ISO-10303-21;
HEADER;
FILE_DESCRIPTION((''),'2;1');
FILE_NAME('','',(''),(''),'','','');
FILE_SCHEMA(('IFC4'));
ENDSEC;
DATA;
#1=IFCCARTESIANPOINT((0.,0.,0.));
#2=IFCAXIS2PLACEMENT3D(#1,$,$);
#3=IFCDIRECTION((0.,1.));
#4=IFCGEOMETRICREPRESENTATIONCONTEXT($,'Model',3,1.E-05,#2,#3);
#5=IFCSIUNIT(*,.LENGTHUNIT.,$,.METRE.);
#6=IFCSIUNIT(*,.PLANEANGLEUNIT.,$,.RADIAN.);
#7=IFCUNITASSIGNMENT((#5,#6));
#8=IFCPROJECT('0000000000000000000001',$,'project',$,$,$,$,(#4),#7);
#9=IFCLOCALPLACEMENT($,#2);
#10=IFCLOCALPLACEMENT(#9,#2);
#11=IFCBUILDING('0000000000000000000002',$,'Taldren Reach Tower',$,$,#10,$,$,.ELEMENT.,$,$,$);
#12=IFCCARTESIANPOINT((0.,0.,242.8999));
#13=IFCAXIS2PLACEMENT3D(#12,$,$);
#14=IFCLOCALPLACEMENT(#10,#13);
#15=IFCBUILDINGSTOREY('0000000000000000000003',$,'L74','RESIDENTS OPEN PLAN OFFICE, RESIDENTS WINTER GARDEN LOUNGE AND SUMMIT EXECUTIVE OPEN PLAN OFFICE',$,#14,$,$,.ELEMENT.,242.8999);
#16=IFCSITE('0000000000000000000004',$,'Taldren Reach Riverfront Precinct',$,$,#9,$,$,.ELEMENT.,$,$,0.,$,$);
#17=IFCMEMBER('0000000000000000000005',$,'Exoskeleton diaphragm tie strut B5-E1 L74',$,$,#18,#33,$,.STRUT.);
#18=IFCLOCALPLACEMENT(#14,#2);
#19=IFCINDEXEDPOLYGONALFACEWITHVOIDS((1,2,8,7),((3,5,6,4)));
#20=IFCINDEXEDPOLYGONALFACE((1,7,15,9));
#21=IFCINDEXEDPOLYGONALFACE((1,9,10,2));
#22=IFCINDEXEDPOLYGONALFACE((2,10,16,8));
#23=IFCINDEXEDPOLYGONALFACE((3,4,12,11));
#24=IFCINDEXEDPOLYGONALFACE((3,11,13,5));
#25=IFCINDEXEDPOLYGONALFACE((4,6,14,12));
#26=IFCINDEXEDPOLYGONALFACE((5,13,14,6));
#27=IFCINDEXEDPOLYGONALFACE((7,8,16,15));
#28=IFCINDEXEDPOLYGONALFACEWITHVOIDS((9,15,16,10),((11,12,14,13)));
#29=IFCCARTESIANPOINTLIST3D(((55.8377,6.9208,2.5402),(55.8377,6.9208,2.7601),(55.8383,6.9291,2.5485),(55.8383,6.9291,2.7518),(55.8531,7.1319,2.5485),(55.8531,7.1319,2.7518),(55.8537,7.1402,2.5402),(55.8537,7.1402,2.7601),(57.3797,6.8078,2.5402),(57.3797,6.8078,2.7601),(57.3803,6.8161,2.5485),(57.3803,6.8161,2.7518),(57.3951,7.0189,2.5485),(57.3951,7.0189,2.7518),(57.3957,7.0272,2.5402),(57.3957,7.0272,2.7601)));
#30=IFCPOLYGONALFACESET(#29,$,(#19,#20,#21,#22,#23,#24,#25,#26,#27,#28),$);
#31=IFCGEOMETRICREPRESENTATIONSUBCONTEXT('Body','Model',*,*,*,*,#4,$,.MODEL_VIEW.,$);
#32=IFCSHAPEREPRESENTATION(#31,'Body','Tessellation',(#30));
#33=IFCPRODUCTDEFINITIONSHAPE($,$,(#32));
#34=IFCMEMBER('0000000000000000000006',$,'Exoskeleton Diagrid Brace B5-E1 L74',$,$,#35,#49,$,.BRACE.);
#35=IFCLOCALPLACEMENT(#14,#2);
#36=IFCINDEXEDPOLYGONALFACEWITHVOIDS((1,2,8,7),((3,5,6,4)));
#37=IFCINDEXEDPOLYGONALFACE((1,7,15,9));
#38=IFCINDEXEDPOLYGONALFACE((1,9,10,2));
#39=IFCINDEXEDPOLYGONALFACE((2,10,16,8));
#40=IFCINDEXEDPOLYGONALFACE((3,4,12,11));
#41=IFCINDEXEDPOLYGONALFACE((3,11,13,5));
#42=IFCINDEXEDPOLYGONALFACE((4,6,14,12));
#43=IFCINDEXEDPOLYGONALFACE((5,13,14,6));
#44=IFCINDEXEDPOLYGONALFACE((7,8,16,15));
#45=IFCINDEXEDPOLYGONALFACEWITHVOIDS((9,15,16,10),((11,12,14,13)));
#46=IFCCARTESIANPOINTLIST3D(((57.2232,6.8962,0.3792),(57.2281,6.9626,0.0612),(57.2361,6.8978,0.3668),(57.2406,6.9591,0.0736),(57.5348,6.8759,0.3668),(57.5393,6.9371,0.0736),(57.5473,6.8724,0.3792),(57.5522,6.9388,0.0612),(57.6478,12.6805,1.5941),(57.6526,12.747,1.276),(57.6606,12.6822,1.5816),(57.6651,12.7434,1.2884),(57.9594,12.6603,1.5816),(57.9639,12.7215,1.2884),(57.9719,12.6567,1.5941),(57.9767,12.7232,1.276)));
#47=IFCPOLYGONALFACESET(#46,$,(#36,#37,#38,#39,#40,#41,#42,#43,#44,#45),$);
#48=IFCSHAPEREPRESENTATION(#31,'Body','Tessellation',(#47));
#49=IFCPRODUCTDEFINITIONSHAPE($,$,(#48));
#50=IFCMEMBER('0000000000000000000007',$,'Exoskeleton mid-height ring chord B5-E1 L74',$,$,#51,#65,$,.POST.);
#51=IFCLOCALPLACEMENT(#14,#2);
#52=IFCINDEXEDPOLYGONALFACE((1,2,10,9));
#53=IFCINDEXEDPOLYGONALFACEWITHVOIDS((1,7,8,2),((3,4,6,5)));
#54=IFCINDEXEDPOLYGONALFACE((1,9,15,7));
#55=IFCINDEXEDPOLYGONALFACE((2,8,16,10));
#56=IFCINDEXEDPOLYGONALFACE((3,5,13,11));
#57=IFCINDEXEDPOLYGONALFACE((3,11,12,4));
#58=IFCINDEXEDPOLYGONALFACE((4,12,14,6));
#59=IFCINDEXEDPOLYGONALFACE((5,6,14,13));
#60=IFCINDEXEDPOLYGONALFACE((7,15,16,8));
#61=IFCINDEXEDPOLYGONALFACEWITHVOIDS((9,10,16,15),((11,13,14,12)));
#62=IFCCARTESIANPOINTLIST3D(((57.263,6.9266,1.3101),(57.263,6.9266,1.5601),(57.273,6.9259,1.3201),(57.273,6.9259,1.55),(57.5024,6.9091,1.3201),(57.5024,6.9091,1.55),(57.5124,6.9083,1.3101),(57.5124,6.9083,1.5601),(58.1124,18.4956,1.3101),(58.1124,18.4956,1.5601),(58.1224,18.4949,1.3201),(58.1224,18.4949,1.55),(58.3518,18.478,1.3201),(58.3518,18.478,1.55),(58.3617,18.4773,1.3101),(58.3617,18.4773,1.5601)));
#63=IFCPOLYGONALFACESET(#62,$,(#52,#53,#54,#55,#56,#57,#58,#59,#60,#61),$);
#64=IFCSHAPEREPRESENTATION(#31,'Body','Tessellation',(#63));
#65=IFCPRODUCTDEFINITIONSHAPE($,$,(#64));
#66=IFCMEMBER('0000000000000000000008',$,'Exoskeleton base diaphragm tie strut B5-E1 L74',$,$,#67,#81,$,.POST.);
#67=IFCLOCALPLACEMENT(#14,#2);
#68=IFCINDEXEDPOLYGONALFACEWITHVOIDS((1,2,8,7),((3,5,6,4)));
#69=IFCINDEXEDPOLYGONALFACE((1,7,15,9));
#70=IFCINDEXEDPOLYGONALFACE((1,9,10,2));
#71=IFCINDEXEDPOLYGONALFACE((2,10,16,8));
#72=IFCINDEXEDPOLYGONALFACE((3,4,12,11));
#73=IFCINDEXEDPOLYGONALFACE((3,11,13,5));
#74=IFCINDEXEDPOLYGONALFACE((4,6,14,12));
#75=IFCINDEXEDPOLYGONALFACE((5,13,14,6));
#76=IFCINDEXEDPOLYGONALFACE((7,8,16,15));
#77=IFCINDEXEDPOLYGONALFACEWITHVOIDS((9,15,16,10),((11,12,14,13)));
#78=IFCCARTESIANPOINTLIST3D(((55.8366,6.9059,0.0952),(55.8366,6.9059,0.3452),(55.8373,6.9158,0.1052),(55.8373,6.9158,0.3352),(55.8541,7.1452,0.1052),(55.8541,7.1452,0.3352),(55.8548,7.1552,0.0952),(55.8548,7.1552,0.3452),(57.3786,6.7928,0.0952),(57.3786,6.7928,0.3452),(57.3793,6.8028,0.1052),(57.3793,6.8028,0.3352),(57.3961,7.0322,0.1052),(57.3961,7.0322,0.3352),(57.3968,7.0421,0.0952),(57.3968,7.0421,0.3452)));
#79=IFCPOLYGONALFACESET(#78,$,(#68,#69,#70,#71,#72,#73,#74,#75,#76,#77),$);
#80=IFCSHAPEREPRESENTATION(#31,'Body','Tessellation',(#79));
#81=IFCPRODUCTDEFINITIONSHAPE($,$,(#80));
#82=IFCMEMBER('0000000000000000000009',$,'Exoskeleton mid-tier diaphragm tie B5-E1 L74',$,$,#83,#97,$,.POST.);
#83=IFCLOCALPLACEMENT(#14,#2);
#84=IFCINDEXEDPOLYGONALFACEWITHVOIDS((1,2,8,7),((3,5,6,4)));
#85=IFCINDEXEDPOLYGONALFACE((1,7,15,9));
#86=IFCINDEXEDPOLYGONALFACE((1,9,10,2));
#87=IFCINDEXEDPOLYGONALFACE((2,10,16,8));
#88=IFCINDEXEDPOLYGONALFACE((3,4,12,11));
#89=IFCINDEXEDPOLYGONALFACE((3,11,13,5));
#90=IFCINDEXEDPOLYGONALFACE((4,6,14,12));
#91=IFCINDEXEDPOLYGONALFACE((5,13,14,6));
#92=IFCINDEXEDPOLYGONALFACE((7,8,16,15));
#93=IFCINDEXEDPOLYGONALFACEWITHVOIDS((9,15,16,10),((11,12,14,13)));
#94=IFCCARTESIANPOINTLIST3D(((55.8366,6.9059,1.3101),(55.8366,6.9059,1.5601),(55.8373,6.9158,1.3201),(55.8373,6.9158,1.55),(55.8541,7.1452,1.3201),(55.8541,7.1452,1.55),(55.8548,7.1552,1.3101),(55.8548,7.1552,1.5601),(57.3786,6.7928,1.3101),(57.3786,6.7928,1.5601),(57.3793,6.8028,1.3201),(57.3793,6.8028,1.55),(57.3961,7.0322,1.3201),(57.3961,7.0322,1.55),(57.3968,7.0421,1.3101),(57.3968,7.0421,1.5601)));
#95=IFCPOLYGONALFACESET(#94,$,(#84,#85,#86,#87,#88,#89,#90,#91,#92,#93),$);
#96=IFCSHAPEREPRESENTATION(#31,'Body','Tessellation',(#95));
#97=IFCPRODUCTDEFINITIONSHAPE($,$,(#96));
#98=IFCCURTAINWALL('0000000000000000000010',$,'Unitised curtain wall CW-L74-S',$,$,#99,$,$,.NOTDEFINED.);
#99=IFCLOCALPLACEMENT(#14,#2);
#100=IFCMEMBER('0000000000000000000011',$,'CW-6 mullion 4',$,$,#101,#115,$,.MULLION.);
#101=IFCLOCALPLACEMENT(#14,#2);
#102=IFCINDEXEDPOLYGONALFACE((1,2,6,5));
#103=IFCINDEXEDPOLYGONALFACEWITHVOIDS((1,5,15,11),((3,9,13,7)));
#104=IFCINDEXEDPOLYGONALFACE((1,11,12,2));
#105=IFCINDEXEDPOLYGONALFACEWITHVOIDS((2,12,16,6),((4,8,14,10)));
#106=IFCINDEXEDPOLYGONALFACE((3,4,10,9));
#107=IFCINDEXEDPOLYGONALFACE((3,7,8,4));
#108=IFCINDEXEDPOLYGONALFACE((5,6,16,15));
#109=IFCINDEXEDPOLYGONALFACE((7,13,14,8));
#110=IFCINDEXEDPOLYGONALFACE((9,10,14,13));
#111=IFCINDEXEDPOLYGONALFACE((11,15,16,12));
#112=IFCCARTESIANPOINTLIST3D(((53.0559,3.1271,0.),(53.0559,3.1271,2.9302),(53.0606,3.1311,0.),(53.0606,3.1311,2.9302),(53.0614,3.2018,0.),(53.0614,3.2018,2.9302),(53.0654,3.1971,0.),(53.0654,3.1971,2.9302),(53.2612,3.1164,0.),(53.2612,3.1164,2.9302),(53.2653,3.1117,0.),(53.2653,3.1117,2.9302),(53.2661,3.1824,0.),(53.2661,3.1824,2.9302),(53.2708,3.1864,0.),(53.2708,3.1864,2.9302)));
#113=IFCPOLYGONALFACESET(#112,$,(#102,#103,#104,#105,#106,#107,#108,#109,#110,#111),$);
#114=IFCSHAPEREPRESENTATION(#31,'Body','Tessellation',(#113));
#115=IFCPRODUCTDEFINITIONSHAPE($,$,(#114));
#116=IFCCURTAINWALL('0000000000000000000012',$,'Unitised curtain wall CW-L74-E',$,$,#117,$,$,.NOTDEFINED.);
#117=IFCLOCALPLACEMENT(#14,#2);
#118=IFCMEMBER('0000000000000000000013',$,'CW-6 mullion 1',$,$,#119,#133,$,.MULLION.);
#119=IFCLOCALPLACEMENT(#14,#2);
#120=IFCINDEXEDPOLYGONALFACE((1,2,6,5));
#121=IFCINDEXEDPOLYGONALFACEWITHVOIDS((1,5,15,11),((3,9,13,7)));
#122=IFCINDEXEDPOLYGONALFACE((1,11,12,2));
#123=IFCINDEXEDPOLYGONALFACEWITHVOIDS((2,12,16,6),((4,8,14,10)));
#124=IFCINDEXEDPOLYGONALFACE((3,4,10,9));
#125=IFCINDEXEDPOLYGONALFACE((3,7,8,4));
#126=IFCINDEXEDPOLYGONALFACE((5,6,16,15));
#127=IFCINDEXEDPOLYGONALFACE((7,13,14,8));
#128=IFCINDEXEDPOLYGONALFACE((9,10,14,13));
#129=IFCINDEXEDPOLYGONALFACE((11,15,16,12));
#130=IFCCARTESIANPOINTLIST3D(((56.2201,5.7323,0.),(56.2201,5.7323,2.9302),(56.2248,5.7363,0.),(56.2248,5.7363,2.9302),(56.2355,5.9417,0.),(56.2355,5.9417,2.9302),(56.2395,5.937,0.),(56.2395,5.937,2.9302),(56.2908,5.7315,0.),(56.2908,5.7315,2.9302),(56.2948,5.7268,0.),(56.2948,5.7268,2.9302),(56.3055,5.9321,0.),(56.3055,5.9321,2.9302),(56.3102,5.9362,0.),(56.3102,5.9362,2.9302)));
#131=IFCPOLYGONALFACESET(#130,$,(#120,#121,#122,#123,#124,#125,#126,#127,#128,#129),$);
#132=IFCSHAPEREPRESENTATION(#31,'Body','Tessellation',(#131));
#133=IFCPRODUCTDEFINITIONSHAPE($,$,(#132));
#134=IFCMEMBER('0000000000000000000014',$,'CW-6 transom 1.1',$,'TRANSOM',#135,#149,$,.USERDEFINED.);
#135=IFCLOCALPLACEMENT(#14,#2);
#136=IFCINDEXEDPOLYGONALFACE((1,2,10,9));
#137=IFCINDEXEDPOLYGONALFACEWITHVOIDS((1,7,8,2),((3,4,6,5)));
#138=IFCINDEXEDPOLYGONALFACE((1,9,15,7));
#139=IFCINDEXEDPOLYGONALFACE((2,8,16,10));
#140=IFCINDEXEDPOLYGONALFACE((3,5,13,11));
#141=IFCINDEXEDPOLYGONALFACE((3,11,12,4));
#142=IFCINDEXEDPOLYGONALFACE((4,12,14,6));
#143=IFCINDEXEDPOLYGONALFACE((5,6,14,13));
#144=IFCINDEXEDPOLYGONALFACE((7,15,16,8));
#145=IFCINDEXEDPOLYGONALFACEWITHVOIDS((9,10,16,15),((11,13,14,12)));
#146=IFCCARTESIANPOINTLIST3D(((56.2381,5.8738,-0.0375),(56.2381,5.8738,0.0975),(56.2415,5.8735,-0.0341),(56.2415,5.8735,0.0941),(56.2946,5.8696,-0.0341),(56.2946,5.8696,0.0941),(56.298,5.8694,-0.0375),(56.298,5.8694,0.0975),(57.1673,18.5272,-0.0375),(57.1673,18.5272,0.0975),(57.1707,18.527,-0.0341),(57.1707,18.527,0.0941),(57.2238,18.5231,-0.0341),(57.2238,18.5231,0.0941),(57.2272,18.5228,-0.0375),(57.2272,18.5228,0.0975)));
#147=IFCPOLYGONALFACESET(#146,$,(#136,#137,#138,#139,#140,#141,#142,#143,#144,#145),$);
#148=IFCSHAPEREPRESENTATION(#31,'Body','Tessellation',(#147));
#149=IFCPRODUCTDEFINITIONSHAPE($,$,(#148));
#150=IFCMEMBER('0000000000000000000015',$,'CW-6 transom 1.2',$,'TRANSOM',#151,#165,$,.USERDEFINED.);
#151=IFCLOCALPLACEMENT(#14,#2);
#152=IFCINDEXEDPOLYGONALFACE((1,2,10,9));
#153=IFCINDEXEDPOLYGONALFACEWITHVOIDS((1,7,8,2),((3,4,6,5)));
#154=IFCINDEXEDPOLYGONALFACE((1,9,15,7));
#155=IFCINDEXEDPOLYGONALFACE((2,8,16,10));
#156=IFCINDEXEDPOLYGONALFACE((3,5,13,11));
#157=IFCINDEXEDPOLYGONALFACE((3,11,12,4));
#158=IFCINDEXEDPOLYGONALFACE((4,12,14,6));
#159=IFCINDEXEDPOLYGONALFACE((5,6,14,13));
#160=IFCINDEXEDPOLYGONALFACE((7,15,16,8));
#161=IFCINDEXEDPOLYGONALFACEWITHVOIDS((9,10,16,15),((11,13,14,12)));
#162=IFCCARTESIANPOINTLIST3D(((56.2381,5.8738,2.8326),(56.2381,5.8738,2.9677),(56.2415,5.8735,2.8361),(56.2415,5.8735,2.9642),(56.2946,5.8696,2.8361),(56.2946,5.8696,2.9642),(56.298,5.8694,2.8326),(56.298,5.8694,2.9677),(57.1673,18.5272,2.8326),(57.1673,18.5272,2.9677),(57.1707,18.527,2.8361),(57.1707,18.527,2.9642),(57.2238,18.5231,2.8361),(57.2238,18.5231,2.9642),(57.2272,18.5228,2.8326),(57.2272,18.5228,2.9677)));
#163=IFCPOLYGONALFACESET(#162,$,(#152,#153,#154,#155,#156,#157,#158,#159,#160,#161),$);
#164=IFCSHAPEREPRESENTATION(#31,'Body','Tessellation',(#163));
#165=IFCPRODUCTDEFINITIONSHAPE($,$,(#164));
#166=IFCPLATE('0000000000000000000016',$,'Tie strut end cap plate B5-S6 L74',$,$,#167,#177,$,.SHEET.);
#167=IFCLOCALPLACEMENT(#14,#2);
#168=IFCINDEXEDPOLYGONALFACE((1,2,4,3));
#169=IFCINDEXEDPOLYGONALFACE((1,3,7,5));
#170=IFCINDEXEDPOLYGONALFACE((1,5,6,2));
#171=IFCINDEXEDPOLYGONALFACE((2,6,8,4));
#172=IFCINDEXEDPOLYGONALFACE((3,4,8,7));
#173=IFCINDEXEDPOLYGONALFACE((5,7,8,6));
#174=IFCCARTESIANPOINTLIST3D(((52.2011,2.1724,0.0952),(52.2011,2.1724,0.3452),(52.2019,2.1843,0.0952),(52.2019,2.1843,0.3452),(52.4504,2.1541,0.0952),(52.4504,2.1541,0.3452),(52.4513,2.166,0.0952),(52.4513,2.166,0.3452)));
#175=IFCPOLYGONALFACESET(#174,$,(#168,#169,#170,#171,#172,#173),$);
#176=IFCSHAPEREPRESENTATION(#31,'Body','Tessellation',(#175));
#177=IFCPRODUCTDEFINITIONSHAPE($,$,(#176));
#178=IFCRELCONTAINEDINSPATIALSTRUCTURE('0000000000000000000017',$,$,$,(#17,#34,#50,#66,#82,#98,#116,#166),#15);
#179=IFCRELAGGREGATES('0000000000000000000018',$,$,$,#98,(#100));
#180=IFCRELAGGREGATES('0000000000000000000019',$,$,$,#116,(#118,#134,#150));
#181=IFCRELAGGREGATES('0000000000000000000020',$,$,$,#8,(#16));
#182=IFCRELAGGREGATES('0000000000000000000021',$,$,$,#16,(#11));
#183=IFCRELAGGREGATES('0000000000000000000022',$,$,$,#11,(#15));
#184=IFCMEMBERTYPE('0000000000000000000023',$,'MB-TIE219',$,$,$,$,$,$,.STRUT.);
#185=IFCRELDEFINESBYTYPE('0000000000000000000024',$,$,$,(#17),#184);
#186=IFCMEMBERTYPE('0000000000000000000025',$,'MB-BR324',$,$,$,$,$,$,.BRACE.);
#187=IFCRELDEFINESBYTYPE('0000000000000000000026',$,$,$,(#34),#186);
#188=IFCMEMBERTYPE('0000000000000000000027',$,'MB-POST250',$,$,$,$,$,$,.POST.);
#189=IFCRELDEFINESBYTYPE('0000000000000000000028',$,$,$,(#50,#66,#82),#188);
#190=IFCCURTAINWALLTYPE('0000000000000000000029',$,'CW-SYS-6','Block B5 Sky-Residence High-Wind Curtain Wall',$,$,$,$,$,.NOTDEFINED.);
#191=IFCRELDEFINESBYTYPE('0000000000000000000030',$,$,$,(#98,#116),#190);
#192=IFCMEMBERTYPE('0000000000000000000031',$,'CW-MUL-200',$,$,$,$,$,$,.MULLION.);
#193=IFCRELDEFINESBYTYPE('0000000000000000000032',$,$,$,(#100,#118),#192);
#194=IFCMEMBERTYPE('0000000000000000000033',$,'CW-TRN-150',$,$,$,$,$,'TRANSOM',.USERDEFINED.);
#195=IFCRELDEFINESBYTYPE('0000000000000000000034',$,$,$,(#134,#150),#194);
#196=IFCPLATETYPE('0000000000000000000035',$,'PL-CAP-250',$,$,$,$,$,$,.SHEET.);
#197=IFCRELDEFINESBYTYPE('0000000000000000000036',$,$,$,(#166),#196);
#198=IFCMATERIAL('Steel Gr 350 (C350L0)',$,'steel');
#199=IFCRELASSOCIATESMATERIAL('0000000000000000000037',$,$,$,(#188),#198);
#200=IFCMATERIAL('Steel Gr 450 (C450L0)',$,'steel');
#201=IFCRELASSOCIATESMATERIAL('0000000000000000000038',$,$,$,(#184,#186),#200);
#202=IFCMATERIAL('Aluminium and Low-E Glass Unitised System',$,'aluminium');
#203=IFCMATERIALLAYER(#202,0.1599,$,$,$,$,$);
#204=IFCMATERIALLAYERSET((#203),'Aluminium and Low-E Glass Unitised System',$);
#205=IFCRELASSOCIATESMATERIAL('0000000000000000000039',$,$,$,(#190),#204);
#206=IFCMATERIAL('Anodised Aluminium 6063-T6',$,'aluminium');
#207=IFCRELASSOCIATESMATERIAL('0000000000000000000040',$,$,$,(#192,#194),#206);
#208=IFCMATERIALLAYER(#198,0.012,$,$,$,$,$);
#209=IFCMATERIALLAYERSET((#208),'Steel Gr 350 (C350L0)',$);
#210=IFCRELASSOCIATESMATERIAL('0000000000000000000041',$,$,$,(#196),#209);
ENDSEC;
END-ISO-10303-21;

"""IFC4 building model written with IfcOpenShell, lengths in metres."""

from ifc_helpers import new_model, si_unit, direction, frame, origin, origin_2d, place, context, subcontext, project, spatial, rectangle, hollow_rectangle, extrude, source, transform, mapped, material, layer, layer_set, material_profile, profile_set, type_object, element, aggregate, save


model = new_model("IFC4")

# Units and contexts
model_context = context("Model", 3, precision=1e-05, world=origin(), true_north=direction((0.0, 1.0)))
body_context = subcontext(model_context, "Body", "Model", "MODEL_VIEW")
ifc_project = project(units=[si_unit("LENGTHUNIT", "METRE"), si_unit("PLANEANGLEUNIT", "RADIAN")], contexts=[model_context])

# Site, building, storey
site_placement = place(None, origin())
site = spatial("IfcSite", under=ifc_project, at=site_placement, Name="Taldren Reach Riverfront Precinct", CompositionType="ELEMENT", RefElevation=0.0)
building_placement = place(site_placement, origin())
building = spatial("IfcBuilding", under=site, at=building_placement, Name="Taldren Reach Tower", CompositionType="ELEMENT")
storey_placement = place(building_placement, frame((0.0, 0.0, 242.8999)))
storey = spatial("IfcBuildingStorey", under=building, at=storey_placement, Name="L74", Description="RESIDENTS OPEN PLAN OFFICE, RESIDENTS WINTER GARDEN LOUNGE AND SUMMIT EXECUTIVE OPEN PLAN OFFICE", CompositionType="ELEMENT", Elevation=242.8999)

# Shared definitions
ifc_material_1 = material(Name="Steel Gr 350 (C350L0)", Category="steel")

# Shared definitions
ifc_material_profile_1 = material_profile(ifc_material_1, hollow_rectangle(XDim=0.25, YDim=0.25, WallThickness=0.01, at=origin_2d()), Name="250x250x10.0SHS")
ifc_profile_set_1 = profile_set([ifc_material_profile_1], Name="Steel Gr 350 (C350L0)")
member_type_1 = type_object("IfcMemberType", Name="MB-POST250", PredefinedType="POST", material=ifc_profile_set_1)
ifc_material_2 = material(Name="Steel Gr 450 (C450L0)", Category="steel")
ifc_material_profile_2 = material_profile(ifc_material_2, hollow_rectangle(XDim=0.22, YDim=0.22, WallThickness=0.0083, at=origin_2d()), Name="220x220x8.2SHS")
ifc_profile_set_2 = profile_set([ifc_material_profile_2], Name="Steel Gr 450 (C450L0)")
member_type_2 = type_object("IfcMemberType", Name="MB-TIE219", PredefinedType="STRUT", material=ifc_profile_set_2)

# Members
shared_shape_1 = source(origin(), body_context, "Body", "SweptSolid", [
    extrude(hollow_rectangle(XDim=0.22, YDim=0.22, WallThickness=0.0083, at=origin_2d()), origin(), (0.0, 0.0, 1.0), 1.5461),
])
member_1_placement = place(storey_placement, frame((55.8457, 7.0305, 2.6501), z_axis=(0.997324, -0.07311, 0.0), x_axis=(0.07311, 0.997324, 0.0)))
element("IfcMember", 1, at=member_1_placement, inside=storey, type_object=member_type_2, Name="Exoskeleton diaphragm tie strut B5-E1 L74", PredefinedType="STRUT", context=body_context, shape_type="MappedRepresentation", body=[
    mapped(shared_shape_1, transform((0.0, 0.0, 0.0), scale=1.0)),
])
ifc_material_profile_3 = material_profile(ifc_material_2, hollow_rectangle(XDim=0.325, YDim=0.325, WallThickness=0.0127, at=origin_2d()), Name="325x325x12.7SHS")
ifc_profile_set_3 = profile_set([ifc_material_profile_3], Name="Steel Gr 450 (C450L0)")
member_type_3 = type_object("IfcMemberType", Name="MB-BR324", PredefinedType="BRACE", material=ifc_profile_set_3)
shared_shape_2 = source(origin(), body_context, "Body", "SweptSolid", [
    extrude(hollow_rectangle(XDim=0.325, YDim=0.325, WallThickness=0.0127, at=origin_2d()), origin(), (0.0, 0.0, 1.0), 5.9258),
])
member_2_placement = place(storey_placement, frame((57.3877, 6.9175, 0.2202), z_axis=(0.071646, 0.976135, 0.205008), x_axis=(-0.997317, 0.0732, 0.0)))
element("IfcMember", 2, at=member_2_placement, inside=storey, type_object=member_type_3, Name="Exoskeleton Diagrid Brace B5-E1 L74", PredefinedType="BRACE", context=body_context, shape_type="MappedRepresentation", body=[
    mapped(shared_shape_2, transform((0.0, 0.0, 0.0), scale=1.0)),
])
shared_shape_3 = source(origin(), body_context, "Body", "SweptSolid", [
    extrude(hollow_rectangle(XDim=0.25, YDim=0.25, WallThickness=0.01, at=origin_2d()), origin(), (0.0, 0.0, 1.0), 11.6001),
])
member_3_placement = place(storey_placement, frame((57.3877, 6.9175, 1.4351), z_axis=(0.073221, 0.997316, 0.0), x_axis=(-0.997316, 0.073221, 0.0)))
element("IfcMember", 3, at=member_3_placement, inside=storey, type_object=member_type_1, Name="Exoskeleton mid-height ring chord B5-E1 L74", PredefinedType="POST", context=body_context, shape_type="MappedRepresentation", body=[
    mapped(shared_shape_3, transform((0.0, 0.0, 0.0), scale=1.0)),
])
shared_shape_4 = source(origin(), body_context, "Body", "SweptSolid", [
    extrude(hollow_rectangle(XDim=0.25, YDim=0.25, WallThickness=0.01, at=origin_2d()), origin(), (0.0, 0.0, 1.0), 1.5461),
])
for number, where, z_axis, x_axis, name in (
    (4, (55.8457, 7.0305, 0.2202), (0.997324, -0.07311, 0.0), (0.07311, 0.997324, 0.0), "Exoskeleton base diaphragm tie strut B5-E1 L74"),
    (5, (55.8457, 7.0305, 1.4351), (0.997324, -0.07311, 0.0), (0.07311, 0.997324, 0.0), "Exoskeleton mid-tier diaphragm tie B5-E1 L74"),
):
    element("IfcMember", number, at=place(storey_placement, frame(where, z_axis=z_axis, x_axis=x_axis)), inside=storey, type_object=member_type_1, Name=name, PredefinedType="POST", context=body_context, shape_type="MappedRepresentation", body=[
        mapped(shared_shape_4, transform((0.0, 0.0, 0.0), scale=1.0)),
    ])

# Curtain wall, member
ifc_material_3 = material(Name="Aluminium and Low-E Glass Unitised System", Category="aluminium")
ifc_layer_1 = layer(ifc_material_3, 0.1599)
ifc_layer_set_1 = layer_set([ifc_layer_1], Name="Aluminium and Low-E Glass Unitised System")
curtain_wall_type = type_object("IfcCurtainWallType", Name="CW-SYS-6", Description="Block B5 Sky-Residence High-Wind Curtain Wall", PredefinedType="NOTDEFINED", material=ifc_layer_set_1)
curtain_wall_1_placement = place(storey_placement, origin())
curtain_wall_1 = element("IfcCurtainWall", 6, at=curtain_wall_1_placement, inside=storey, type_object=curtain_wall_type, Name="Unitised curtain wall CW-L74-S", PredefinedType="NOTDEFINED")
ifc_material_4 = material(Name="Anodised Aluminium 6063-T6", Category="aluminium")
ifc_material_profile_4 = material_profile(ifc_material_4, hollow_rectangle(XDim=0.075, YDim=0.21, WallThickness=0.0044, at=origin_2d()), Name="ALU-210x75x4.5RHS")
ifc_profile_set_4 = profile_set([ifc_material_profile_4], Name="Anodised Aluminium 6063-T6")
member_type_4 = type_object("IfcMemberType", Name="CW-MUL-200", PredefinedType="MULLION", material=ifc_profile_set_4)
shared_shape_5 = source(origin(), body_context, "Body", "SweptSolid", [
    extrude(hollow_rectangle(XDim=0.075, YDim=0.21, WallThickness=0.0044, at=origin_2d()), origin(), (0.0, 0.0, 1.0), 2.9302),
])
member_4_placement = place(storey_placement, frame((53.1633, 3.1567, 0.0), z_axis=(0.0, 0.0, 1.0), x_axis=(0.073238, 0.997314, 0.0)))
member_4 = element("IfcMember", 7, at=member_4_placement, type_object=member_type_4, Name="CW-6 mullion 4", PredefinedType="MULLION", context=body_context, shape_type="MappedRepresentation", body=[
    mapped(shared_shape_5, transform((0.0, 0.0, 0.0), scale=1.0)),
])
aggregate(curtain_wall_1, [member_4])

# Curtain wall, members
curtain_wall_2_placement = place(storey_placement, origin())
curtain_wall_2 = element("IfcCurtainWall", 8, at=curtain_wall_2_placement, inside=storey, type_object=curtain_wall_type, Name="Unitised curtain wall CW-L74-E", PredefinedType="NOTDEFINED")
member_5_placement = place(storey_placement, frame((56.2651, 5.8342, 0.0), z_axis=(0.0, 0.0, 1.0), x_axis=(-0.997314, 0.073238, 0.0)))
member_5 = element("IfcMember", 9, at=member_5_placement, type_object=member_type_4, Name="CW-6 mullion 1", PredefinedType="MULLION", context=body_context, shape_type="MappedRepresentation", body=[
    mapped(shared_shape_5, transform((0.0, 0.0, 0.0), scale=1.0)),
])
ifc_material_profile_5 = material_profile(ifc_material_4, hollow_rectangle(XDim=0.0601, YDim=0.135, WallThickness=0.0034, at=origin_2d()), Name="ALU-135x60x3.5RHS")
ifc_profile_set_5 = profile_set([ifc_material_profile_5], Name="Anodised Aluminium 6063-T6")
member_type_5 = type_object("IfcMemberType", Name="CW-TRN-150", ElementType="TRANSOM", PredefinedType="USERDEFINED", material=ifc_profile_set_5)
shared_shape_6 = source(origin(), body_context, "Body", "SweptSolid", [
    extrude(hollow_rectangle(XDim=0.0601, YDim=0.135, WallThickness=0.0034, at=origin_2d()), origin(), (0.0, 0.0, 1.0), 12.6875),
])
member_6_placement = place(storey_placement, frame((56.2681, 5.8716, 0.03), z_axis=(0.073238, 0.997314, 0.0), x_axis=(-0.997314, 0.073238, 0.0)))
member_6 = element("IfcMember", 10, at=member_6_placement, type_object=member_type_5, Name="CW-6 transom 1.1", ObjectType="TRANSOM", PredefinedType="USERDEFINED", context=body_context, shape_type="MappedRepresentation", body=[
    mapped(shared_shape_6, transform((0.0, 0.0, 0.0), scale=1.0)),
])
member_7_placement = place(storey_placement, frame((56.2681, 5.8716, 2.9001), z_axis=(0.073238, 0.997314, 0.0), x_axis=(-0.997314, 0.073238, 0.0)))
member_7 = element("IfcMember", 11, at=member_7_placement, type_object=member_type_5, Name="CW-6 transom 1.2", ObjectType="TRANSOM", PredefinedType="USERDEFINED", context=body_context, shape_type="MappedRepresentation", body=[
    mapped(shared_shape_6, transform((0.0, 0.0, 0.0), scale=1.0)),
])

# Plate
ifc_layer_2 = layer(ifc_material_1, 0.012)
ifc_layer_set_2 = layer_set([ifc_layer_2], Name="Steel Gr 350 (C350L0)")
plate_type_1 = type_object("IfcPlateType", Name="PL-CAP-250", PredefinedType="SHEET", material=ifc_layer_set_2)
shared_shape_7 = source(origin(), body_context, "Body", "SweptSolid", [
    extrude(rectangle(XDim=0.25, YDim=0.012, at=origin_2d()), origin(), (0.0, 0.0, 1.0), 0.25),
])
plate_1_placement = place(storey_placement, frame((52.3262, 2.1692, 0.0952), z_axis=(0.0, 0.0, 1.0), x_axis=(0.997314, -0.073238, 0.0)))
element("IfcPlate", 12, at=plate_1_placement, inside=storey, type_object=plate_type_1, Name="Tie strut end cap plate B5-S6 L74", PredefinedType="SHEET", context=body_context, shape_type="MappedRepresentation", body=[
    mapped(shared_shape_7, transform((0.0, 0.0, 0.0), scale=1.0)),
])

aggregate(curtain_wall_2, [member_5, member_6, member_7])

save(model, "model.ifc")
